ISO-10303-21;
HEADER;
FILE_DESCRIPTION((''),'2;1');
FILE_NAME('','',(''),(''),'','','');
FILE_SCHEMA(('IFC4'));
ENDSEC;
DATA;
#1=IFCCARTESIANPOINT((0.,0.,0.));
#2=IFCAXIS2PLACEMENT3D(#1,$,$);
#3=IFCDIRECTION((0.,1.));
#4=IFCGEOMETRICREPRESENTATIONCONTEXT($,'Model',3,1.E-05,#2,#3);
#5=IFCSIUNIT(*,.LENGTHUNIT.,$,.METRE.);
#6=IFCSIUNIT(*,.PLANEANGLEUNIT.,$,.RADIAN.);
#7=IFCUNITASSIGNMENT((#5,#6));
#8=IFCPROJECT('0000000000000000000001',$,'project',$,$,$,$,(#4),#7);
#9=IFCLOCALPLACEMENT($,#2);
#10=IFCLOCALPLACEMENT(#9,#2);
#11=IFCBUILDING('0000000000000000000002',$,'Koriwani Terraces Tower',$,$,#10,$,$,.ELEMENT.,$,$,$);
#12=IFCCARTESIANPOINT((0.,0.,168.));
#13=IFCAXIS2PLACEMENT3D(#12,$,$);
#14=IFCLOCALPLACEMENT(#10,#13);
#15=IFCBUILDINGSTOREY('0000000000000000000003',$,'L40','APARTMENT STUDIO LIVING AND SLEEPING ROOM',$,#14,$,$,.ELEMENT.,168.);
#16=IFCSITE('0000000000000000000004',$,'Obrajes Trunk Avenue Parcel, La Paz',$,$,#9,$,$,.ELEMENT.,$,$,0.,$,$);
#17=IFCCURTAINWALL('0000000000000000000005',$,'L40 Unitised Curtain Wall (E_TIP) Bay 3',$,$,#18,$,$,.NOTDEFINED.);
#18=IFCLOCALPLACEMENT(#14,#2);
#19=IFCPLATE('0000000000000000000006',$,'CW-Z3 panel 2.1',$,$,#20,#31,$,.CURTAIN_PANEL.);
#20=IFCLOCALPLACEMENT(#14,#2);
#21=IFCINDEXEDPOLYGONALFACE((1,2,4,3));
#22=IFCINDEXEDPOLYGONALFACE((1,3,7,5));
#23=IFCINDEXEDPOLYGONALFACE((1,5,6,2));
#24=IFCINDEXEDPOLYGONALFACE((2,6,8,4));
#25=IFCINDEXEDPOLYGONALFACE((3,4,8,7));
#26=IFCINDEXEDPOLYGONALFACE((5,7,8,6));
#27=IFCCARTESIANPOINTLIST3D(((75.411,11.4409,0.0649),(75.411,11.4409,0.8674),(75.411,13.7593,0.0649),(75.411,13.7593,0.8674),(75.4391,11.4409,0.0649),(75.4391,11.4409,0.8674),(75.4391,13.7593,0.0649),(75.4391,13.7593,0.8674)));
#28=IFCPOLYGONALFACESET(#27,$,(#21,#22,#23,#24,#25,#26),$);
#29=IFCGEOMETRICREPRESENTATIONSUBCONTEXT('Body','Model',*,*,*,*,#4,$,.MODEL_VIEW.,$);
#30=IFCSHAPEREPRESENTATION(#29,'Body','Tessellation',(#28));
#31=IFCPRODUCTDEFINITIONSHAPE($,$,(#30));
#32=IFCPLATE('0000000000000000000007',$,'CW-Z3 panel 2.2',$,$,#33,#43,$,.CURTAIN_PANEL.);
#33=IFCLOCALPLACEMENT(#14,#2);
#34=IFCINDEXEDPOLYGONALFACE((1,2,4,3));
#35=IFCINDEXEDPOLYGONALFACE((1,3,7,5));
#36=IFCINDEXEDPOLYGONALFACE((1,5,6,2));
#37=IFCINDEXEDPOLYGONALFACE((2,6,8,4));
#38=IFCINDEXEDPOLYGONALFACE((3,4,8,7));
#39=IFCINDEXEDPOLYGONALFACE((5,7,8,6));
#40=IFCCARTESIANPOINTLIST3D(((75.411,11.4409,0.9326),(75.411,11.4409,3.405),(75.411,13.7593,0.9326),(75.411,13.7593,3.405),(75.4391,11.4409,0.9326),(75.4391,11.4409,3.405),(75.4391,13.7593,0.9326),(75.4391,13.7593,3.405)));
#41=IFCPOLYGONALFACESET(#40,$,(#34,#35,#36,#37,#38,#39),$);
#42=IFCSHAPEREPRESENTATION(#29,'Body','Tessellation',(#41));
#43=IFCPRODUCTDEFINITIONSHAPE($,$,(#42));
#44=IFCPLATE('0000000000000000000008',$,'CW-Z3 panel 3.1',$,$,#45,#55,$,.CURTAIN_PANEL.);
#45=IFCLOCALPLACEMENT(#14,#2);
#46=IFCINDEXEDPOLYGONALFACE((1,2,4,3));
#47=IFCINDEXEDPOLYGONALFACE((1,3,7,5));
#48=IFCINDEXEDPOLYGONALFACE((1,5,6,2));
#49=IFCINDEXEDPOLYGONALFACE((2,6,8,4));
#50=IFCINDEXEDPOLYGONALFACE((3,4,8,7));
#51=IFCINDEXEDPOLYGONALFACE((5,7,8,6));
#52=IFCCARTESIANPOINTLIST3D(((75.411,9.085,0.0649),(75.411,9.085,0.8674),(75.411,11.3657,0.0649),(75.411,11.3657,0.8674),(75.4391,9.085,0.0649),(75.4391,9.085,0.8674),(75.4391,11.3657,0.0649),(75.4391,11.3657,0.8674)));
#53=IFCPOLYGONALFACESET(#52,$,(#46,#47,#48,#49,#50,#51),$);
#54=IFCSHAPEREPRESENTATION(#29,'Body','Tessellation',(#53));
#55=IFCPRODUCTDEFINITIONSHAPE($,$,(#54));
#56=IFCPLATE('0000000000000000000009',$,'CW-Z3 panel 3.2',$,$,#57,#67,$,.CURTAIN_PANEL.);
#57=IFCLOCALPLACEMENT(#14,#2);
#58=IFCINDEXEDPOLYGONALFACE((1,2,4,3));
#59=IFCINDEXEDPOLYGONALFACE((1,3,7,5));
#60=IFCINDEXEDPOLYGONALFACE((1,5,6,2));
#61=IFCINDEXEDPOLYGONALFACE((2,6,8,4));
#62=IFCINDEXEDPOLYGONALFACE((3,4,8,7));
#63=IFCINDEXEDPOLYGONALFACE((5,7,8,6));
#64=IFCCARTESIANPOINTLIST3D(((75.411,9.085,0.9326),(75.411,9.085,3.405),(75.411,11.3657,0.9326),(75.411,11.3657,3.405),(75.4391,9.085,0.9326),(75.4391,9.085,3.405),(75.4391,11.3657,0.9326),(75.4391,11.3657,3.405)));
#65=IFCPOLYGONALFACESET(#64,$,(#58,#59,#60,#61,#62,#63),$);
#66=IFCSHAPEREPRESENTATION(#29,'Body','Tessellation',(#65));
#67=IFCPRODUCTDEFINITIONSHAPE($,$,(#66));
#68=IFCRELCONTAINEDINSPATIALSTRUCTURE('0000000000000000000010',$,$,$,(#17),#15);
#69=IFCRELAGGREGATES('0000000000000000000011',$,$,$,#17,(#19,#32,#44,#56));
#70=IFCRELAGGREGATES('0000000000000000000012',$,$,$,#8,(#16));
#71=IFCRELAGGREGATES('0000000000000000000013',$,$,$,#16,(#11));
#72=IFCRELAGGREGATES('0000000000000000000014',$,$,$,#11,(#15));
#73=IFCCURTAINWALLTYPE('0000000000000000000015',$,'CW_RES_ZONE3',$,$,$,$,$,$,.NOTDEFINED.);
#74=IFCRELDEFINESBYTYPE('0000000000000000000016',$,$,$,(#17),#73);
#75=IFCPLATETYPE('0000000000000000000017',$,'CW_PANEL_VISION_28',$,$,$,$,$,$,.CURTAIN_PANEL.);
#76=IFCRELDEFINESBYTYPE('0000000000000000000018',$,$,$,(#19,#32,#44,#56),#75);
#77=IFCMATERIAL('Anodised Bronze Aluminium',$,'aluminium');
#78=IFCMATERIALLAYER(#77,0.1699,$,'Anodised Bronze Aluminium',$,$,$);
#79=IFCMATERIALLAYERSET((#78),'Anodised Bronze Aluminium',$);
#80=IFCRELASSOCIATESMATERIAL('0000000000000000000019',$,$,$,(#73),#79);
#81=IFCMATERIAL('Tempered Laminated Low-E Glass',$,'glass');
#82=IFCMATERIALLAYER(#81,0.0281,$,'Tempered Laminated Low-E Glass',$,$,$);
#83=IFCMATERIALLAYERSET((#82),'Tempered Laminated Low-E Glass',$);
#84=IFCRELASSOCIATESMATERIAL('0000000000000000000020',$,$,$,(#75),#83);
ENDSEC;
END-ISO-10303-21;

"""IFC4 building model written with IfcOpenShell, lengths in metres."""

from ifc_helpers import new_model, si_unit, direction, frame, origin, origin_2d, place, context, subcontext, project, spatial, rectangle, extrude, material, layer, layer_set, type_object, element, aggregate, save


model = new_model("IFC4")

# Units and contexts
model_context = context("Model", 3, precision=1e-05, world=origin(), true_north=direction((0.0, 1.0)))
body_context = subcontext(model_context, "Body", "Model", "MODEL_VIEW")
ifc_project = project(units=[si_unit("LENGTHUNIT", "METRE"), si_unit("PLANEANGLEUNIT", "RADIAN")], contexts=[model_context])

# Site, building, storey
site_placement = place(None, origin())
site = spatial("IfcSite", under=ifc_project, at=site_placement, Name="Obrajes Trunk Avenue Parcel, La Paz", CompositionType="ELEMENT", RefElevation=0.0)
building_placement = place(site_placement, origin())
building = spatial("IfcBuilding", under=site, at=building_placement, Name="Koriwani Terraces Tower", CompositionType="ELEMENT")
storey_placement = place(building_placement, frame((0.0, 0.0, 168.0)))
storey = spatial("IfcBuildingStorey", under=building, at=storey_placement, Name="L40", Description="APARTMENT STUDIO LIVING AND SLEEPING ROOM", CompositionType="ELEMENT", Elevation=168.0)

# Shared definitions
ifc_material_1 = material(Name="Anodised Bronze Aluminium", Category="aluminium")
ifc_layer_1 = layer(ifc_material_1, 0.1699, Name="Anodised Bronze Aluminium")
ifc_layer_set_1 = layer_set([ifc_layer_1], Name="Anodised Bronze Aluminium")
curtain_wall_type = type_object("IfcCurtainWallType", Name="CW_RES_ZONE3", PredefinedType="NOTDEFINED", material=ifc_layer_set_1)

# Curtain wall
curtain_wall_1_placement = place(storey_placement, origin())
curtain_wall_1 = element("IfcCurtainWall", 1, at=curtain_wall_1_placement, inside=storey, type_object=curtain_wall_type, Name="L40 Unitised Curtain Wall (E_TIP) Bay 3", PredefinedType="NOTDEFINED")

# Plates
ifc_material_2 = material(Name="Tempered Laminated Low-E Glass", Category="glass")
ifc_layer_2 = layer(ifc_material_2, 0.0281, Name="Tempered Laminated Low-E Glass")
ifc_layer_set_2 = layer_set([ifc_layer_2], Name="Tempered Laminated Low-E Glass")
plate_type = type_object("IfcPlateType", Name="CW_PANEL_VISION_28", PredefinedType="CURTAIN_PANEL", material=ifc_layer_set_2)
plate_1_placement = place(storey_placement, frame((75.425, 12.6001, 0.0649), z_axis=(0.0, 0.0, 1.0), x_axis=(0.0, -1.0, 0.0)))
plate_1 = element("IfcPlate", 2, at=plate_1_placement, type_object=plate_type, Name="CW-Z3 panel 2.1", PredefinedType="CURTAIN_PANEL", context=body_context, shape_type="SweptSolid", body=[
    extrude(rectangle(XDim=2.3184, YDim=0.0281, at=origin_2d()), origin(), (0.0, 0.0, 1.0), 0.8025),
])
plate_2_placement = place(storey_placement, frame((75.425, 12.6001, 0.9326), z_axis=(0.0, 0.0, 1.0), x_axis=(0.0, -1.0, 0.0)))
plate_2 = element("IfcPlate", 3, at=plate_2_placement, type_object=plate_type, Name="CW-Z3 panel 2.2", PredefinedType="CURTAIN_PANEL", context=body_context, shape_type="SweptSolid", body=[
    extrude(rectangle(XDim=2.3184, YDim=0.0281, at=origin_2d()), origin(), (0.0, 0.0, 1.0), 2.4724),
])
plate_3_placement = place(storey_placement, frame((75.425, 10.2253, 0.0649), z_axis=(0.0, 0.0, 1.0), x_axis=(0.0, -1.0, 0.0)))
plate_3 = element("IfcPlate", 4, at=plate_3_placement, type_object=plate_type, Name="CW-Z3 panel 3.1", PredefinedType="CURTAIN_PANEL", context=body_context, shape_type="SweptSolid", body=[
    extrude(rectangle(XDim=2.2808, YDim=0.0281, at=origin_2d()), origin(), (0.0, 0.0, 1.0), 0.8025),
])
plate_4_placement = place(storey_placement, frame((75.425, 10.2253, 0.9326), z_axis=(0.0, 0.0, 1.0), x_axis=(0.0, -1.0, 0.0)))
plate_4 = element("IfcPlate", 5, at=plate_4_placement, type_object=plate_type, Name="CW-Z3 panel 3.2", PredefinedType="CURTAIN_PANEL", context=body_context, shape_type="SweptSolid", body=[
    extrude(rectangle(XDim=2.2808, YDim=0.0281, at=origin_2d()), origin(), (0.0, 0.0, 1.0), 2.4724),
])
aggregate(curtain_wall_1, [plate_1, plate_2, plate_3, plate_4])

save(model, "model.ifc")
